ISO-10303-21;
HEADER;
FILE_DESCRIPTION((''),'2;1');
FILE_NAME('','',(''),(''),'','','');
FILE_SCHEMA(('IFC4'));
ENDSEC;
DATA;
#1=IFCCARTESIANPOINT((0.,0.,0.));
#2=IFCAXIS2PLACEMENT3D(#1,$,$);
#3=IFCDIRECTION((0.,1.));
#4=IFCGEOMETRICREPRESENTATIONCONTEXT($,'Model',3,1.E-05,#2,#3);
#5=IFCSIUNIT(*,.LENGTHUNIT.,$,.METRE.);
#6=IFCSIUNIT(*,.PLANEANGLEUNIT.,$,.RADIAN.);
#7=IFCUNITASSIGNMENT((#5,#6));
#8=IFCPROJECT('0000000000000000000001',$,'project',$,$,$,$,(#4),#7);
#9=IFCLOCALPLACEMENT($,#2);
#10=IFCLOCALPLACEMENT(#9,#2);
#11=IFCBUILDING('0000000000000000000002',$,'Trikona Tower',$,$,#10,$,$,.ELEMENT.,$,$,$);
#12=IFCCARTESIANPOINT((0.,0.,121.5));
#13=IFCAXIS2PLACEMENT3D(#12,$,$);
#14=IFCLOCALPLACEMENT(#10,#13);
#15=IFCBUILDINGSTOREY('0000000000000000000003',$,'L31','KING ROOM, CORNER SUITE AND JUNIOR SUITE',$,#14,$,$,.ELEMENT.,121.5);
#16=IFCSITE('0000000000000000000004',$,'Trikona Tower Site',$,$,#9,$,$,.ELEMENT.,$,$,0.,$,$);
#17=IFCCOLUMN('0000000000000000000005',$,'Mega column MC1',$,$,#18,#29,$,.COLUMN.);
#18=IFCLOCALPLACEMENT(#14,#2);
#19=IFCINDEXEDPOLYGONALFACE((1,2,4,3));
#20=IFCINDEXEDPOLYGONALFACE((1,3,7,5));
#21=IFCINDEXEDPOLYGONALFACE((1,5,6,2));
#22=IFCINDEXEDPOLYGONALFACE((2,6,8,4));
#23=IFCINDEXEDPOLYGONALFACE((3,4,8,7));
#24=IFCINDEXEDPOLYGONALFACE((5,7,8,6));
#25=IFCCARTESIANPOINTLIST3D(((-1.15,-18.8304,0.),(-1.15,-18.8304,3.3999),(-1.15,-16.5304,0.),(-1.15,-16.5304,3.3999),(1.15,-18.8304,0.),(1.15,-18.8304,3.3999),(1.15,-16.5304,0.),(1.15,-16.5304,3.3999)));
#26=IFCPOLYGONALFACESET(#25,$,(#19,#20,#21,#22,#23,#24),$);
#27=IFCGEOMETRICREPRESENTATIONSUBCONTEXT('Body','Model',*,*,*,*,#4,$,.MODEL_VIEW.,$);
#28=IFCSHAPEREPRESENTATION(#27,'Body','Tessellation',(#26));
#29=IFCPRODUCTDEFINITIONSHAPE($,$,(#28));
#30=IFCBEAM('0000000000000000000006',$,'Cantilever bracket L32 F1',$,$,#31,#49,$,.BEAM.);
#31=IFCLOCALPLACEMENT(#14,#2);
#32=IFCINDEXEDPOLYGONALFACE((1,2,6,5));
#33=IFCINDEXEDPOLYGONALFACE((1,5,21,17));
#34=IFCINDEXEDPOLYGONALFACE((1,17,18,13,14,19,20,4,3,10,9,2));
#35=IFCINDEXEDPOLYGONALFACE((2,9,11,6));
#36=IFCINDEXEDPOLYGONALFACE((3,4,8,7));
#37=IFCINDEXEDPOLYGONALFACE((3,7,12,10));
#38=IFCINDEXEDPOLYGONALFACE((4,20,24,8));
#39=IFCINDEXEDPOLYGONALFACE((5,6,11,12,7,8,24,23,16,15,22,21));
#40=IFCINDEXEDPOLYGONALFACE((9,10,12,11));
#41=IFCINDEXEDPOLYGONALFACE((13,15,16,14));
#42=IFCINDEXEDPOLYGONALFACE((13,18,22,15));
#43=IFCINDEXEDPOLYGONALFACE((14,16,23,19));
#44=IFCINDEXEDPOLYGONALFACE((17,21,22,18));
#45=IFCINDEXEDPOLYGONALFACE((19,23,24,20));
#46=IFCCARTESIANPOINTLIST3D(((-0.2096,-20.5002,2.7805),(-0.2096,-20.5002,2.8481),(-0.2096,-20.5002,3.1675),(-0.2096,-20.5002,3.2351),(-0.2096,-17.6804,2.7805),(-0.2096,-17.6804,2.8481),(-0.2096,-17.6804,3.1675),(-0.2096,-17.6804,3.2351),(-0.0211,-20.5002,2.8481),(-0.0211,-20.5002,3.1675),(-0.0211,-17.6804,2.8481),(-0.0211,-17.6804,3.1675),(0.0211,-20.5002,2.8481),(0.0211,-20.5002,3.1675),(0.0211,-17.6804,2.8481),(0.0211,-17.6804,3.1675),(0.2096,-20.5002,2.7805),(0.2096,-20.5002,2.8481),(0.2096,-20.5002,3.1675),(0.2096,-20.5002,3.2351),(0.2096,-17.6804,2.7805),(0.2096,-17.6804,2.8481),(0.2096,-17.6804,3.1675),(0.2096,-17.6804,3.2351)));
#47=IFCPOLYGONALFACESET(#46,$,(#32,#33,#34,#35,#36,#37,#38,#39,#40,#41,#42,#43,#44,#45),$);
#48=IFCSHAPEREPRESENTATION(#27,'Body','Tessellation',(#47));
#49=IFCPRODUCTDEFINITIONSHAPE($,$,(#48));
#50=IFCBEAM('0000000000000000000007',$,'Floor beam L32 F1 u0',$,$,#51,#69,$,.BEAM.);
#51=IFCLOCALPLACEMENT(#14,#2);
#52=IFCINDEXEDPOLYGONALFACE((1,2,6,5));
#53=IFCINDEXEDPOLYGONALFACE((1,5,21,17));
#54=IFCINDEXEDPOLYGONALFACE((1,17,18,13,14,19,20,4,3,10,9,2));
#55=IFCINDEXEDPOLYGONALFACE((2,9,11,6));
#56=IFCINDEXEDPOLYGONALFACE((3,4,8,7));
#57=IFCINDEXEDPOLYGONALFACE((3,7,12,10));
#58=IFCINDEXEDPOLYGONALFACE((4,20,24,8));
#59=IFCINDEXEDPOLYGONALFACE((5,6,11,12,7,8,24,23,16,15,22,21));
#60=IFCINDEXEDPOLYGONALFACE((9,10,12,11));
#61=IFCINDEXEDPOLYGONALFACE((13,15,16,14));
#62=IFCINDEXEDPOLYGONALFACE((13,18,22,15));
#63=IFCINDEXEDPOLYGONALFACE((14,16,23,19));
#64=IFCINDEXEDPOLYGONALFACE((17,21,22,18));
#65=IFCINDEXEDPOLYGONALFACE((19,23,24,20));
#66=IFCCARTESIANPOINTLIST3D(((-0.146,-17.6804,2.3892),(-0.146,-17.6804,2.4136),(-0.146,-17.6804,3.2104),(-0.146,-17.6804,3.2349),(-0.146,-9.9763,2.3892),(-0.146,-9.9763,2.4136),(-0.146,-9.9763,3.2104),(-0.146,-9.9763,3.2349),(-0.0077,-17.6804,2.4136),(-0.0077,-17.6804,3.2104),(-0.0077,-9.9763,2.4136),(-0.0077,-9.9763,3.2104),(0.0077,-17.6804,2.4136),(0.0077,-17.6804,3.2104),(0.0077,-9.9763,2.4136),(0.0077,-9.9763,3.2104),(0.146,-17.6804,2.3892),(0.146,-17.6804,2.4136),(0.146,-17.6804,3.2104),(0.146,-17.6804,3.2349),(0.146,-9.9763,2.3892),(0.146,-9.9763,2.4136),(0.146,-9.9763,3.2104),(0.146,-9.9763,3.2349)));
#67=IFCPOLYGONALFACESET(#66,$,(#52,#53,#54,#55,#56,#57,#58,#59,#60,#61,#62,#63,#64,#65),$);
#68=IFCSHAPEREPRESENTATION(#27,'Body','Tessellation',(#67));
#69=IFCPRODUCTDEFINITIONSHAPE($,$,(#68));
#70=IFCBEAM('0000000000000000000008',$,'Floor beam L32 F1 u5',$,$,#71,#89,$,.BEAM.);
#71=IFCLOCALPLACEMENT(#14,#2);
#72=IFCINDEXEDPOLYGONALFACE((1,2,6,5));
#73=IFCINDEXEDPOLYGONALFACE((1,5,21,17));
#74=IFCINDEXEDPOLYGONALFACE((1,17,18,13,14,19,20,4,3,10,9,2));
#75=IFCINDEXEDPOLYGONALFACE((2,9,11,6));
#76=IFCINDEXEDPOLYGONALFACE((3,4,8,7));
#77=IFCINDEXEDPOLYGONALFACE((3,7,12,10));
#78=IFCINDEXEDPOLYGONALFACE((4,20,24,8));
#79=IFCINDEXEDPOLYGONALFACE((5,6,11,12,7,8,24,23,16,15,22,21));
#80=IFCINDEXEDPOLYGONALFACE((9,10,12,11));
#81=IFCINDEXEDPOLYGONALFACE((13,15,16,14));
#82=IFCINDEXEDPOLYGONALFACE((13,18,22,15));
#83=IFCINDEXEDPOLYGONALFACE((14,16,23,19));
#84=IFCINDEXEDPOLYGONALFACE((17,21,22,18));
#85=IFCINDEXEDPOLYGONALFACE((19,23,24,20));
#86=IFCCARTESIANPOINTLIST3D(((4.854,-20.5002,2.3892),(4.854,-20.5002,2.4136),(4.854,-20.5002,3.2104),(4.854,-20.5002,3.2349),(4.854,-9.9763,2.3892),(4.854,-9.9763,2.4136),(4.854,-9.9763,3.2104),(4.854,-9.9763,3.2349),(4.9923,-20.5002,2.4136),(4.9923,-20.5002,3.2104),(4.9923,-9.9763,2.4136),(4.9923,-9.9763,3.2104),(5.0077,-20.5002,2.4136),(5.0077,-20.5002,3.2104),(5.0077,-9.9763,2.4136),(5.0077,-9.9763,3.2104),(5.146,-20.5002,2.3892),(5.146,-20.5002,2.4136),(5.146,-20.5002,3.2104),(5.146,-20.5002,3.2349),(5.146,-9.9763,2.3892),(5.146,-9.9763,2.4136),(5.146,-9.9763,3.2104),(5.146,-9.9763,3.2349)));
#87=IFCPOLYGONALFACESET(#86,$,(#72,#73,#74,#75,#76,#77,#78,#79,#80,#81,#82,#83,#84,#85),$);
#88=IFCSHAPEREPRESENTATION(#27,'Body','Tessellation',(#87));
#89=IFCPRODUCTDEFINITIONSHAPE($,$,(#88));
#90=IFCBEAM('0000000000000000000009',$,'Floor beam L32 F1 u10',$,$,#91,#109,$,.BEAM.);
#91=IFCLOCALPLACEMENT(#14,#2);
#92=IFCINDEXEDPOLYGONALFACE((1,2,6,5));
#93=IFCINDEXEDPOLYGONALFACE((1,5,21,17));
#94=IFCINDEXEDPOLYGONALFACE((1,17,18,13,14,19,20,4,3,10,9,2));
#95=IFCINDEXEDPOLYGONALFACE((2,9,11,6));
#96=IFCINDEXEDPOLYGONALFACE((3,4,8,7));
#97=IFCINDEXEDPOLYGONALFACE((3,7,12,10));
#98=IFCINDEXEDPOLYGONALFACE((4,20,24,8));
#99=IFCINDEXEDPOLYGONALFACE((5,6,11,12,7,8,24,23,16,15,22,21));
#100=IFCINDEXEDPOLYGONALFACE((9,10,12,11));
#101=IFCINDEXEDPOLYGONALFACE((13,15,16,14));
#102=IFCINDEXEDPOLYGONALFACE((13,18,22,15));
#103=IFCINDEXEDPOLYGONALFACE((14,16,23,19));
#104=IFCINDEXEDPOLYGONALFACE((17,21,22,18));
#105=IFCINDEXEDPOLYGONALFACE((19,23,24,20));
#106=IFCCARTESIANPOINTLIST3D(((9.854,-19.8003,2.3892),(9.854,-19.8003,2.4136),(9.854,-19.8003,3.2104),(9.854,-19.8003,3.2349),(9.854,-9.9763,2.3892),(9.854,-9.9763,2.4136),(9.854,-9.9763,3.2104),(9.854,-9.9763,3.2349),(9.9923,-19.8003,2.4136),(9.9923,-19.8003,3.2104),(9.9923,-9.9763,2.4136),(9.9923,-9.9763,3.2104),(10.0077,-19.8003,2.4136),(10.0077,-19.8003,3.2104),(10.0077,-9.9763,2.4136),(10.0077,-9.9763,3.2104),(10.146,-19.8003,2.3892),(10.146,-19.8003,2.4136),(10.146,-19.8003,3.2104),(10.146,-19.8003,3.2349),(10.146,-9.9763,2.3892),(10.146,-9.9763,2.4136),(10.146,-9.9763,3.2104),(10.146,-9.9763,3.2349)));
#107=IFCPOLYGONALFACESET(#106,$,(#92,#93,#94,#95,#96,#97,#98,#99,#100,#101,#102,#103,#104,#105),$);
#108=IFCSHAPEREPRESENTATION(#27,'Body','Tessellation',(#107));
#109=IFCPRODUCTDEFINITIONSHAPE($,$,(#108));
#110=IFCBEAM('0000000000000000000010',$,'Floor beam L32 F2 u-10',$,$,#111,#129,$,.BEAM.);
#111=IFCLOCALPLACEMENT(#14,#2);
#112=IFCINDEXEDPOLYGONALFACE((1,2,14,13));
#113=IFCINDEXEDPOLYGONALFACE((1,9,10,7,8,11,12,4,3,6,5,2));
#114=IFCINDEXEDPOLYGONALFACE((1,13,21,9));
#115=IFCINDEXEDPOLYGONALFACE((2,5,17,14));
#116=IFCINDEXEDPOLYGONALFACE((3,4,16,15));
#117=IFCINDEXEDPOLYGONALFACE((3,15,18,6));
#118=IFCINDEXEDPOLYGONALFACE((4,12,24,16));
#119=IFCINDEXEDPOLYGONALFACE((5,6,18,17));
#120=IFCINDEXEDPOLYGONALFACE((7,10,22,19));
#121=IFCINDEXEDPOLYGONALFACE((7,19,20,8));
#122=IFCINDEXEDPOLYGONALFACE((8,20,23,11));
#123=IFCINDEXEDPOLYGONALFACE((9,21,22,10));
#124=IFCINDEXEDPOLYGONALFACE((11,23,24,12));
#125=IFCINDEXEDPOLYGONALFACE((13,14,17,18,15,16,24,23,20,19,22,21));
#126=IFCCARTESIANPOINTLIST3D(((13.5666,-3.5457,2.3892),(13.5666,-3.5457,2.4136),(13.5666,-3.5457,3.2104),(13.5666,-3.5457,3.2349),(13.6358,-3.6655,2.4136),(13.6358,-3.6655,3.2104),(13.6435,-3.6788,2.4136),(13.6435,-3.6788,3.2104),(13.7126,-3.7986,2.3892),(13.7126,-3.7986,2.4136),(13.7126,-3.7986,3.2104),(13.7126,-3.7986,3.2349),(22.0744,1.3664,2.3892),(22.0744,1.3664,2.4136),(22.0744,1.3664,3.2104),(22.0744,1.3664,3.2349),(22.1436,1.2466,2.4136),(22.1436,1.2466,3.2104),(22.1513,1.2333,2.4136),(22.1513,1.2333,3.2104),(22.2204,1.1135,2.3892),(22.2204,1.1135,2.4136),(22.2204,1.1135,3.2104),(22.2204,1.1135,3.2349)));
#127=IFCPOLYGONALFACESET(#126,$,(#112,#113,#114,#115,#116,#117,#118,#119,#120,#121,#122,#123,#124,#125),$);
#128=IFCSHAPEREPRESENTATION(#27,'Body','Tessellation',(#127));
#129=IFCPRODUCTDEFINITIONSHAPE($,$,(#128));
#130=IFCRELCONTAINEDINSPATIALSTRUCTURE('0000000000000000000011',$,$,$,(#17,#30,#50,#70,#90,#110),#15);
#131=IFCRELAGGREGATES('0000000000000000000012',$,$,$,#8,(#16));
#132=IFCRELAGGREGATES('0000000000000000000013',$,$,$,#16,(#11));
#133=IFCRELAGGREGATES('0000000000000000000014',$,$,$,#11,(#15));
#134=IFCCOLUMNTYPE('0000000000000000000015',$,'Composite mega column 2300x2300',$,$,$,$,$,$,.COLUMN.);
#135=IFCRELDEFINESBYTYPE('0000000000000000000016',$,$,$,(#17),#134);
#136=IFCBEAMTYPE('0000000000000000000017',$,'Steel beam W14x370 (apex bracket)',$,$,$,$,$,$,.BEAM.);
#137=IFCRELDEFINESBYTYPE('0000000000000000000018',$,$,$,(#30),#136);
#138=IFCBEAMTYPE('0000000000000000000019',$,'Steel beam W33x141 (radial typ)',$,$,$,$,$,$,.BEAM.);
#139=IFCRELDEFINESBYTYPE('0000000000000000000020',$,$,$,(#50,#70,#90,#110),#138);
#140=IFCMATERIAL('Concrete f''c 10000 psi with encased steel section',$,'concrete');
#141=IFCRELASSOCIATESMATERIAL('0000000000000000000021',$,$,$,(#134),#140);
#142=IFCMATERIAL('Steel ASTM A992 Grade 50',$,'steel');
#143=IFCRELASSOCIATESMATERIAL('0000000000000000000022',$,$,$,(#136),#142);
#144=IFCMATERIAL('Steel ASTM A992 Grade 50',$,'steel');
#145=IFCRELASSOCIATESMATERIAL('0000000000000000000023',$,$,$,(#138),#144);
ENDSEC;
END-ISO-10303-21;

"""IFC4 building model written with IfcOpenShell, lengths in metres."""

from ifc_helpers import new_model, si_unit, direction, frame, origin, origin_2d, place, context, subcontext, project, spatial, rectangle, i_section, extrude, material, material_profile, profile_set, type_object, element, save


model = new_model("IFC4")

# Units and contexts
model_context = context("Model", 3, precision=1e-05, world=origin(), true_north=direction((0.0, 1.0)))
body_context = subcontext(model_context, "Body", "Model", "MODEL_VIEW")
ifc_project = project(units=[si_unit("LENGTHUNIT", "METRE"), si_unit("PLANEANGLEUNIT", "RADIAN")], contexts=[model_context])

# Site, building, storey
site_placement = place(None, origin())
site = spatial("IfcSite", under=ifc_project, at=site_placement, Name="Trikona Tower Site", CompositionType="ELEMENT", RefElevation=0.0)
building_placement = place(site_placement, origin())
building = spatial("IfcBuilding", under=site, at=building_placement, Name="Trikona Tower", CompositionType="ELEMENT")
storey_placement = place(building_placement, frame((0.0, 0.0, 121.5)))
storey = spatial("IfcBuildingStorey", under=building, at=storey_placement, Name="L31", Description="KING ROOM, CORNER SUITE AND JUNIOR SUITE", CompositionType="ELEMENT", Elevation=121.5)

# Column
ifc_material_1 = material(Name="Concrete f'c 10000 psi with encased steel section", Category="concrete")
ifc_material_profile_1 = material_profile(ifc_material_1, rectangle(XDim=2.3, YDim=2.3, at=origin_2d()), Name="MC2300")
ifc_profile_set_1 = profile_set([ifc_material_profile_1], Name="Concrete f'c 10000 psi with encased steel section")
column_type = type_object("IfcColumnType", Name="Composite mega column 2300x2300", PredefinedType="COLUMN", material=ifc_profile_set_1)
column_placement = place(storey_placement, frame((0.0, -17.6804, 0.0), z_axis=(0.0, 0.0, 1.0), x_axis=(0.0, -1.0, 0.0)))
element("IfcColumn", 1, at=column_placement, inside=storey, type_object=column_type, Name="Mega column MC1", PredefinedType="COLUMN", context=body_context, shape_type="SweptSolid", body=[
    extrude(rectangle(XDim=2.3, YDim=2.3, at=origin_2d()), origin(), (0.0, 0.0, 1.0), 3.3999),
])

# Beams
ifc_material_2 = material(Name="Steel ASTM A992 Grade 50", Category="steel")
ifc_material_profile_2 = material_profile(ifc_material_2, i_section(OverallWidth=0.4192, OverallDepth=0.4546, WebThickness=0.0422, FlangeThickness=0.0676, at=origin_2d()), Name="W14X370")
ifc_profile_set_2 = profile_set([ifc_material_profile_2], Name="Steel ASTM A992 Grade 50")
beam_type_1 = type_object("IfcBeamType", Name="Steel beam W14x370 (apex bracket)", PredefinedType="BEAM", material=ifc_profile_set_2)
beam_1_placement = place(storey_placement, frame((0.0, -17.6804, 3.0078), z_axis=(0.0, -1.0, 0.0), x_axis=(1.0, 0.0, 0.0)))
element("IfcBeam", 2, at=beam_1_placement, inside=storey, type_object=beam_type_1, Name="Cantilever bracket L32 F1", PredefinedType="BEAM", context=body_context, shape_type="SweptSolid", body=[
    extrude(i_section(OverallWidth=0.4192, OverallDepth=0.4546, WebThickness=0.0422, FlangeThickness=0.0676, at=origin_2d()), origin(), (0.0, 0.0, 1.0), 2.8198),
])
ifc_material_3 = material(Name="Steel ASTM A992 Grade 50", Category="steel")
ifc_material_profile_3 = material_profile(ifc_material_3, i_section(OverallWidth=0.292, OverallDepth=0.8457, WebThickness=0.0154, FlangeThickness=0.0244, at=origin_2d()), Name="W33X141")
ifc_profile_set_3 = profile_set([ifc_material_profile_3], Name="Steel ASTM A992 Grade 50")
beam_type_2 = type_object("IfcBeamType", Name="Steel beam W33x141 (radial typ)", PredefinedType="BEAM", material=ifc_profile_set_3)
beam_2_placement = place(storey_placement, frame((0.0, -9.9763, 2.812), z_axis=(0.0, -1.0, 0.0), x_axis=(1.0, 0.0, 0.0)))
element("IfcBeam", 3, at=beam_2_placement, inside=storey, type_object=beam_type_2, Name="Floor beam L32 F1 u0", PredefinedType="BEAM", context=body_context, shape_type="SweptSolid", body=[
    extrude(i_section(OverallWidth=0.292, OverallDepth=0.8457, WebThickness=0.0154, FlangeThickness=0.0244, at=origin_2d()), origin(), (0.0, 0.0, 1.0), 7.7041),
])
beam_3_placement = place(storey_placement, frame((5.0, -9.9763, 2.812), z_axis=(0.0, -1.0, 0.0), x_axis=(1.0, 0.0, 0.0)))
element("IfcBeam", 4, at=beam_3_placement, inside=storey, type_object=beam_type_2, Name="Floor beam L32 F1 u5", PredefinedType="BEAM", context=body_context, shape_type="SweptSolid", body=[
    extrude(i_section(OverallWidth=0.292, OverallDepth=0.8457, WebThickness=0.0154, FlangeThickness=0.0244, at=origin_2d()), origin(), (0.0, 0.0, 1.0), 10.5239),
])
for number, where, z_axis, x_axis, name in (
    (5, (10.0, -9.9763, 2.812), (0.0, -1.0, 0.0), (1.0, 0.0, 0.0), "Floor beam L32 F1 u10"),
    (6, (13.6396, -3.6721, 2.812), (0.86602, 0.500009, 0.0), (-0.500009, 0.86602, 0.0), "Floor beam L32 F2 u-10"),
):
    element("IfcBeam", number, at=place(storey_placement, frame(where, z_axis=z_axis, x_axis=x_axis)), inside=storey, type_object=beam_type_2, Name=name, PredefinedType="BEAM", context=body_context, shape_type="SweptSolid", body=[
        extrude(i_section(OverallWidth=0.292, OverallDepth=0.8457, WebThickness=0.0154, FlangeThickness=0.0244, at=origin_2d()), origin(), (0.0, 0.0, 1.0), 9.824),
    ])

save(model, "model.ifc")
